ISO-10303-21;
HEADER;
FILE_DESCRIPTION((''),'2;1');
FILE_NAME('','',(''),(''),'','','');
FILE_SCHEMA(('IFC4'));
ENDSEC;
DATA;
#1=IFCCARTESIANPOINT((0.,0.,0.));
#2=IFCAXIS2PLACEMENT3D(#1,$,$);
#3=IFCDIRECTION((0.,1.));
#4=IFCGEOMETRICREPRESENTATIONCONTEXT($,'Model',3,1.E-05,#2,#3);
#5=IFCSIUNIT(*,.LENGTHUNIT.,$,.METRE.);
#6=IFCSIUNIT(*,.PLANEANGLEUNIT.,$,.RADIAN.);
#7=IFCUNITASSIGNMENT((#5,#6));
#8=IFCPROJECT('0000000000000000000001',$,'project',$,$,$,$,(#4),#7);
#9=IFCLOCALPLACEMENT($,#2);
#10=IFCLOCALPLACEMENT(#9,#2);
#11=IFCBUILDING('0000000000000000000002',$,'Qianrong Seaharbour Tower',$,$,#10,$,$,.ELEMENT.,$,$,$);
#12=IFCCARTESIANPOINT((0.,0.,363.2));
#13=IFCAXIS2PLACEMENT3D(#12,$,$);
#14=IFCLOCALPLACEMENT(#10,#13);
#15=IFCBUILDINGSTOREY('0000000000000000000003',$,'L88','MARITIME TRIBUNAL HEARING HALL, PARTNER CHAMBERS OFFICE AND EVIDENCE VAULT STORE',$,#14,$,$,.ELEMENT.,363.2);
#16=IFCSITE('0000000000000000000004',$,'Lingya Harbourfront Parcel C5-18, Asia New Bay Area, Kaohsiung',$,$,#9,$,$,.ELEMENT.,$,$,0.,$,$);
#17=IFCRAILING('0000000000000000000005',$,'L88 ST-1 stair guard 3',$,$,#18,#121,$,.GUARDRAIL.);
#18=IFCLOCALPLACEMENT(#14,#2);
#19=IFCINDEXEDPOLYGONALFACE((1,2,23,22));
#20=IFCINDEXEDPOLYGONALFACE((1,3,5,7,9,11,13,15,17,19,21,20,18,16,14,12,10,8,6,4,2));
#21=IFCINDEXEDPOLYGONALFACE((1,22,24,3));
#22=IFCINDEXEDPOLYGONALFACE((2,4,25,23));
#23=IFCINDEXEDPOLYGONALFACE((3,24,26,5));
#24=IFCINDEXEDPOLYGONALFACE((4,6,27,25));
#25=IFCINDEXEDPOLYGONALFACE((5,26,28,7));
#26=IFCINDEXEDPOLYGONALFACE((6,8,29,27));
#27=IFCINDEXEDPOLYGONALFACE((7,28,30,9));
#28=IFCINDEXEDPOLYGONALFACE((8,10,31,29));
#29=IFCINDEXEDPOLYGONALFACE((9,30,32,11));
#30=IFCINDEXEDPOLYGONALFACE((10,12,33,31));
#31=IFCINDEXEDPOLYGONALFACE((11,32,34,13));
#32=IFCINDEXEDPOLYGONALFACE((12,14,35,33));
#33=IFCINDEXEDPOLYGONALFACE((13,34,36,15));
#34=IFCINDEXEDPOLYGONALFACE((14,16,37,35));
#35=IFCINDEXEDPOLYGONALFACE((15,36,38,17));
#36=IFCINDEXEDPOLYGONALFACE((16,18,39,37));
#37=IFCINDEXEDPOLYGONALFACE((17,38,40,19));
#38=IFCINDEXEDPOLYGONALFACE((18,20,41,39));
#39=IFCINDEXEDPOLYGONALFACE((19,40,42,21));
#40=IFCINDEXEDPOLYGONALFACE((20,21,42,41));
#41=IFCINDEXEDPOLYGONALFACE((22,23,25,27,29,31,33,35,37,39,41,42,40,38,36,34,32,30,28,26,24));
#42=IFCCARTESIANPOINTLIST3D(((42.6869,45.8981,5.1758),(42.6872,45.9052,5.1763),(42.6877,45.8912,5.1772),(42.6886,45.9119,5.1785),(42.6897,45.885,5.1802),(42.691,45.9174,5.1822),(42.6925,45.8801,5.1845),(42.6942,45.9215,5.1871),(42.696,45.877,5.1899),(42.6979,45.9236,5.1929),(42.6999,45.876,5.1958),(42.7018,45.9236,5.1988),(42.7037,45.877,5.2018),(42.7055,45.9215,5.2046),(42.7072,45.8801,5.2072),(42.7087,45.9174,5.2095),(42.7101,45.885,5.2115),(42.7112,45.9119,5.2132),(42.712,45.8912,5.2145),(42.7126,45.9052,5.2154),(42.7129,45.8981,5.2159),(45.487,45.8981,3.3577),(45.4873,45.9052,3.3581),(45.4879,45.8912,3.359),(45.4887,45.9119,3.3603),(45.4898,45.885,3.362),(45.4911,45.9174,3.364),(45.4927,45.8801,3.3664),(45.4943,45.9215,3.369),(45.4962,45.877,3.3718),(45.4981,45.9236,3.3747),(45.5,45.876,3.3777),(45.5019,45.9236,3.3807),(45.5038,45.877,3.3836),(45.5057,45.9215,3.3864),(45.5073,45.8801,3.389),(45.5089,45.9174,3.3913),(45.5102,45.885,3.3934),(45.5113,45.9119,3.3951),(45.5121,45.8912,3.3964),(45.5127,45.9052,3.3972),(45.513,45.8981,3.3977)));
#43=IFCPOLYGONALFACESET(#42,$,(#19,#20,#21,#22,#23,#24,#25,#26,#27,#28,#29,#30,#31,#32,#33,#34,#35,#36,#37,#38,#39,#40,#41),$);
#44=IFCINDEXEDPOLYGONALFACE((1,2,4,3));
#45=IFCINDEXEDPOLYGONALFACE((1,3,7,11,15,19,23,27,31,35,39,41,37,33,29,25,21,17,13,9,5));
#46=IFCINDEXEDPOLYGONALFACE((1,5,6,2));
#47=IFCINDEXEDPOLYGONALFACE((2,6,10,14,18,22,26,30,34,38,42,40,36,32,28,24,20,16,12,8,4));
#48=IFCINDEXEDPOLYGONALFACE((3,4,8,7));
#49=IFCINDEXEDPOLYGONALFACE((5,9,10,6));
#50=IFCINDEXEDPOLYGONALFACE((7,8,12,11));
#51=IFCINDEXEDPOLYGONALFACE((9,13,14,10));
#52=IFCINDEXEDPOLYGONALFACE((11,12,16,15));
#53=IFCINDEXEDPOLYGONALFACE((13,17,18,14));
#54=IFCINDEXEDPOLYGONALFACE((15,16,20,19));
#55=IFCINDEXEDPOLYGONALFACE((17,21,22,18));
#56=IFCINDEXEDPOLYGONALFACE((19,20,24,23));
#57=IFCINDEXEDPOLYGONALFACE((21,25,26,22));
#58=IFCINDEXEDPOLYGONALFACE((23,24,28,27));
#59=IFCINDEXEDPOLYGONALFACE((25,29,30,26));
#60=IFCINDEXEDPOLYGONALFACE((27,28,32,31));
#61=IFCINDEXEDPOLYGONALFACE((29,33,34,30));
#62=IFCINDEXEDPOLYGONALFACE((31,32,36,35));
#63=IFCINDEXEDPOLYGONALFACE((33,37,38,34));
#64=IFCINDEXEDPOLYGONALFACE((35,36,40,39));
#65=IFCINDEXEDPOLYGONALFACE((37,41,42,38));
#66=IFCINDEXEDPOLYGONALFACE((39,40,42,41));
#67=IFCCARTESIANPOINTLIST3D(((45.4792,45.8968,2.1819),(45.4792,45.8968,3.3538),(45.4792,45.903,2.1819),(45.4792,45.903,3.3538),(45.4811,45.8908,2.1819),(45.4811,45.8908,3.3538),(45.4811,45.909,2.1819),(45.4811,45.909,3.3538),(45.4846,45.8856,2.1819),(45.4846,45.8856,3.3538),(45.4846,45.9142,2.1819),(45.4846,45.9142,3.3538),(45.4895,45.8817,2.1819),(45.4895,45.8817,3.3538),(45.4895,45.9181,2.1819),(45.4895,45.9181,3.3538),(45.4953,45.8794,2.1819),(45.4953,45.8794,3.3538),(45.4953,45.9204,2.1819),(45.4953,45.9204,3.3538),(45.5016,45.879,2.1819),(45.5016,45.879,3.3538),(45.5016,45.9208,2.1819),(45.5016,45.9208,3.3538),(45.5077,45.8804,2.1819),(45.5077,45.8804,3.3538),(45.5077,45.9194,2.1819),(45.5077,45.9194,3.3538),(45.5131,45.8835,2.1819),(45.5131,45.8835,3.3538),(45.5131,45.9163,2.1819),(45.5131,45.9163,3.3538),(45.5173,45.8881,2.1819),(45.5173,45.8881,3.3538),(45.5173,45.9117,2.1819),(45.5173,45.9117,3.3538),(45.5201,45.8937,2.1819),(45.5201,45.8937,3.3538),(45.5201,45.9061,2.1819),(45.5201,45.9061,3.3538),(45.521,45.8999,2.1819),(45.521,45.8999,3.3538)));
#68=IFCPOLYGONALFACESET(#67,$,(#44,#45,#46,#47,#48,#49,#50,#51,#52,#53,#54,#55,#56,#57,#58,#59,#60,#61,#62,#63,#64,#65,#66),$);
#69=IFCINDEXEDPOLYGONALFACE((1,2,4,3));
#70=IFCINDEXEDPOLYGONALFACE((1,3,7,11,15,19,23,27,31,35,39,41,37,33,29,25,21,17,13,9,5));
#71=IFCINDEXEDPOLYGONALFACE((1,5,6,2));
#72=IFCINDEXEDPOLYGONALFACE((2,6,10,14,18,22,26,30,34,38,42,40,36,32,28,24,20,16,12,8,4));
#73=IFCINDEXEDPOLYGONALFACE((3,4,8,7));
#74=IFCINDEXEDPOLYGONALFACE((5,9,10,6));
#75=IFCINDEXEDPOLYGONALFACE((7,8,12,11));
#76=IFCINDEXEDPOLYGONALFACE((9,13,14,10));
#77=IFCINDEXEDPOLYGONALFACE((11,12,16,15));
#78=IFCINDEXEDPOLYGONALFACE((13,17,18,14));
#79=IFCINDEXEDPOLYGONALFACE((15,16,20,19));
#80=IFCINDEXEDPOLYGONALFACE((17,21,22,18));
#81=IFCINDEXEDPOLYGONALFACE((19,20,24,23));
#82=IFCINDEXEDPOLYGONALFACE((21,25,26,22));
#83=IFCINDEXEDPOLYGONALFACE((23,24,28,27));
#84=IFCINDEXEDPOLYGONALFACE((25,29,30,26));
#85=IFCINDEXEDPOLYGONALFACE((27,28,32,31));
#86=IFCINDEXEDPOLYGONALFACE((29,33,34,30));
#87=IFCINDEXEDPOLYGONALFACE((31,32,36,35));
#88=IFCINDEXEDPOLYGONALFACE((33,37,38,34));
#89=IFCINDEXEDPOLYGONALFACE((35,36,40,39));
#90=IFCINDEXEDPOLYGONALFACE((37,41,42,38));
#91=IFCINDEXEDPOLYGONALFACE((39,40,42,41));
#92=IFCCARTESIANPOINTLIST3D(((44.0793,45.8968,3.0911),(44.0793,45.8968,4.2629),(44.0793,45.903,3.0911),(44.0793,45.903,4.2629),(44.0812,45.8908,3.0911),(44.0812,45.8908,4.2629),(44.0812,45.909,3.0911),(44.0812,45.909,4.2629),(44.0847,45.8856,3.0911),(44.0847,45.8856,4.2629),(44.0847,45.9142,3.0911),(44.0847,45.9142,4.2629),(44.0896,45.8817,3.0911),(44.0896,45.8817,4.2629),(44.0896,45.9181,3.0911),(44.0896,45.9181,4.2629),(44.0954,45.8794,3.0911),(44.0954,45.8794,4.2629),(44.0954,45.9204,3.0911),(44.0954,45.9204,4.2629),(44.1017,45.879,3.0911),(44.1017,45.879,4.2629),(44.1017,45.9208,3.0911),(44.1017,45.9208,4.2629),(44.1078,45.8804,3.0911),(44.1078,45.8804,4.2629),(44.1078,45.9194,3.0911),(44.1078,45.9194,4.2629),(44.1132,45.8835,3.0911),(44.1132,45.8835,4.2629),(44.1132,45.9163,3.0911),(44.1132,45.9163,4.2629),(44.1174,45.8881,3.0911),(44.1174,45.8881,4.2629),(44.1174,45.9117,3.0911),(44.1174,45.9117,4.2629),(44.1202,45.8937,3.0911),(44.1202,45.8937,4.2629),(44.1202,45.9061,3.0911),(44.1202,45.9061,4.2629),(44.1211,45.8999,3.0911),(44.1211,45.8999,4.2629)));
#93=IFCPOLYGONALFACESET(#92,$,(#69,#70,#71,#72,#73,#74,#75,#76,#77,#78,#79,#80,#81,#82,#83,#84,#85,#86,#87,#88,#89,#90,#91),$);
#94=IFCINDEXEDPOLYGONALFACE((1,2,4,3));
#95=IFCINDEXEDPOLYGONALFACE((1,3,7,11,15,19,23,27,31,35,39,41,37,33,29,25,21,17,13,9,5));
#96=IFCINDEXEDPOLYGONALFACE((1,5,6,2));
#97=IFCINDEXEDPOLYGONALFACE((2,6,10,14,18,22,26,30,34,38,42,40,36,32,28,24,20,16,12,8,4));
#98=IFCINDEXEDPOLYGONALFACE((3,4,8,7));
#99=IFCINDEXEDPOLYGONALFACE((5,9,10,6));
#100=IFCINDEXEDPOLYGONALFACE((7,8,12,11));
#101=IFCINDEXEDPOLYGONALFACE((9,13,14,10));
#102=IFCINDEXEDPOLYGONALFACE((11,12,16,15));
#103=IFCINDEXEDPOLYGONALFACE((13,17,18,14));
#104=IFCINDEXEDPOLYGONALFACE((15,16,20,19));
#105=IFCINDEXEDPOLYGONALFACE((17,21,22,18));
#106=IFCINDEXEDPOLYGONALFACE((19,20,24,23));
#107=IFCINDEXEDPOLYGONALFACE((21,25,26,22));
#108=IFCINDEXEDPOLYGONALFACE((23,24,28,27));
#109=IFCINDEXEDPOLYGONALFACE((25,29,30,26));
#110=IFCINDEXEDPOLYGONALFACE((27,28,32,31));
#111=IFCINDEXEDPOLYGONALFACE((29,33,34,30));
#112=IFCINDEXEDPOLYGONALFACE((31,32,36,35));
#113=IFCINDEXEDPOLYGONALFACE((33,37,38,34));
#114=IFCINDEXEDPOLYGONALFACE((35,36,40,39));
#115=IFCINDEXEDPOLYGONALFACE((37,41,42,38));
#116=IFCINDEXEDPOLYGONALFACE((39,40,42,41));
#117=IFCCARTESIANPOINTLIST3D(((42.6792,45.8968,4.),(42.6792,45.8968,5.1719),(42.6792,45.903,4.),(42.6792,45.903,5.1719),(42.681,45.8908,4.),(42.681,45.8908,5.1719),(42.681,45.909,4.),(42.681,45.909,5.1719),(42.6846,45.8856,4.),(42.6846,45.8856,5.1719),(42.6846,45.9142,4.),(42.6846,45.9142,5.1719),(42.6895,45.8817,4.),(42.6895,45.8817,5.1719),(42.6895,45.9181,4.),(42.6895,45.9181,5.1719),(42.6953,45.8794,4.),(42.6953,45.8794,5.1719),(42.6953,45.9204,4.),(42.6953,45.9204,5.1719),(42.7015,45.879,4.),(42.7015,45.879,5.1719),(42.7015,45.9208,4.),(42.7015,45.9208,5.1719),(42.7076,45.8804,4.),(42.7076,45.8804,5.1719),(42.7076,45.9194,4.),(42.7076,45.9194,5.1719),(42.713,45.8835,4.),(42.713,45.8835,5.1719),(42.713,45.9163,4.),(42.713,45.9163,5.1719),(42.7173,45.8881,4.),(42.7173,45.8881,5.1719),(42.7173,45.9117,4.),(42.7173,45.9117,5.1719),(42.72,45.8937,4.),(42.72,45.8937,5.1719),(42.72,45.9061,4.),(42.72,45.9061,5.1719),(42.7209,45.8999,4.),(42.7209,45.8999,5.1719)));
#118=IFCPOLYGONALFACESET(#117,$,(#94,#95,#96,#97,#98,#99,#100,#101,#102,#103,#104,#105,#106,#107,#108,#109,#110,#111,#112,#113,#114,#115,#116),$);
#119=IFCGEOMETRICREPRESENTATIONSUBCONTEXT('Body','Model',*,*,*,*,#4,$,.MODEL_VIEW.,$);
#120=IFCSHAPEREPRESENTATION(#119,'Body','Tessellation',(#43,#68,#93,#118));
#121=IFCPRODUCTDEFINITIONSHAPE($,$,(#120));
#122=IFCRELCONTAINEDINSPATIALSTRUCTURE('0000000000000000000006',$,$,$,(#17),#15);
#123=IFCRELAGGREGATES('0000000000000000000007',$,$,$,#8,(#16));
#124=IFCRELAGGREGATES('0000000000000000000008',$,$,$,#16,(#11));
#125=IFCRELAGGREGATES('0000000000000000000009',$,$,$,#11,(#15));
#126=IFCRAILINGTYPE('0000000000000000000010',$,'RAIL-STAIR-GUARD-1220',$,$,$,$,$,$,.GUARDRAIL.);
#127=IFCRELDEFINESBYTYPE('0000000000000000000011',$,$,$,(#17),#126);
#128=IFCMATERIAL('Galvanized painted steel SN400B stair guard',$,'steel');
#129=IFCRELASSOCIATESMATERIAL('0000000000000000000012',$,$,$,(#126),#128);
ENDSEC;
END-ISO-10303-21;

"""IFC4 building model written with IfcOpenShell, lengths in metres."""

from ifc_helpers import new_model, si_unit, direction, frame, origin, origin_2d, place, context, subcontext, project, spatial, circle, extrude, material, type_object, element, save


model = new_model("IFC4")

# Units and contexts
model_context = context("Model", 3, precision=1e-05, world=origin(), true_north=direction((0.0, 1.0)))
body_context = subcontext(model_context, "Body", "Model", "MODEL_VIEW")
ifc_project = project(units=[si_unit("LENGTHUNIT", "METRE"), si_unit("PLANEANGLEUNIT", "RADIAN")], contexts=[model_context])

# Site, building, storey
site_placement = place(None, origin())
site = spatial("IfcSite", under=ifc_project, at=site_placement, Name="Lingya Harbourfront Parcel C5-18, Asia New Bay Area, Kaohsiung", CompositionType="ELEMENT", RefElevation=0.0)
building_placement = place(site_placement, origin())
building = spatial("IfcBuilding", under=site, at=building_placement, Name="Qianrong Seaharbour Tower", CompositionType="ELEMENT")
storey_placement = place(building_placement, frame((0.0, 0.0, 363.2)))
storey = spatial("IfcBuildingStorey", under=building, at=storey_placement, Name="L88", Description="MARITIME TRIBUNAL HEARING HALL, PARTNER CHAMBERS OFFICE AND EVIDENCE VAULT STORE", CompositionType="ELEMENT", Elevation=363.2)

# Railing
ifc_material_1 = material(Name="Galvanized painted steel SN400B stair guard", Category="steel")
railing_type_1 = type_object("IfcRailingType", Name="RAIL-STAIR-GUARD-1220", PredefinedType="GUARDRAIL", material=ifc_material_1)
railing_1_placement = place(storey_placement, frame((45.5, 45.8999, 2.1819)))
element("IfcRailing", 1, at=railing_1_placement, inside=storey, type_object=railing_type_1, Name="L88 ST-1 stair guard 3", PredefinedType="GUARDRAIL", context=body_context, shape_type="SweptSolid", body=[
    extrude(circle(Radius=0.0239, at=origin_2d()), frame((0.0, 0.0, 1.1958), z_axis=(-0.838706, 0.0, 0.544585), x_axis=(0.0, -1.0, 0.0)), (0.0, 0.0, 1.0), 3.3386),
    extrude(circle(Radius=0.021, at=origin_2d()), origin(), (0.0, 0.0, 1.0), 1.1719),
    extrude(circle(Radius=0.021, at=origin_2d()), frame((-1.3999, 0.0, 0.9092)), (0.0, 0.0, 1.0), 1.1719),
    extrude(circle(Radius=0.021, at=origin_2d()), frame((-2.8, 0.0, 1.8181)), (0.0, 0.0, 1.0), 1.1719),
])

save(model, "model.ifc")
